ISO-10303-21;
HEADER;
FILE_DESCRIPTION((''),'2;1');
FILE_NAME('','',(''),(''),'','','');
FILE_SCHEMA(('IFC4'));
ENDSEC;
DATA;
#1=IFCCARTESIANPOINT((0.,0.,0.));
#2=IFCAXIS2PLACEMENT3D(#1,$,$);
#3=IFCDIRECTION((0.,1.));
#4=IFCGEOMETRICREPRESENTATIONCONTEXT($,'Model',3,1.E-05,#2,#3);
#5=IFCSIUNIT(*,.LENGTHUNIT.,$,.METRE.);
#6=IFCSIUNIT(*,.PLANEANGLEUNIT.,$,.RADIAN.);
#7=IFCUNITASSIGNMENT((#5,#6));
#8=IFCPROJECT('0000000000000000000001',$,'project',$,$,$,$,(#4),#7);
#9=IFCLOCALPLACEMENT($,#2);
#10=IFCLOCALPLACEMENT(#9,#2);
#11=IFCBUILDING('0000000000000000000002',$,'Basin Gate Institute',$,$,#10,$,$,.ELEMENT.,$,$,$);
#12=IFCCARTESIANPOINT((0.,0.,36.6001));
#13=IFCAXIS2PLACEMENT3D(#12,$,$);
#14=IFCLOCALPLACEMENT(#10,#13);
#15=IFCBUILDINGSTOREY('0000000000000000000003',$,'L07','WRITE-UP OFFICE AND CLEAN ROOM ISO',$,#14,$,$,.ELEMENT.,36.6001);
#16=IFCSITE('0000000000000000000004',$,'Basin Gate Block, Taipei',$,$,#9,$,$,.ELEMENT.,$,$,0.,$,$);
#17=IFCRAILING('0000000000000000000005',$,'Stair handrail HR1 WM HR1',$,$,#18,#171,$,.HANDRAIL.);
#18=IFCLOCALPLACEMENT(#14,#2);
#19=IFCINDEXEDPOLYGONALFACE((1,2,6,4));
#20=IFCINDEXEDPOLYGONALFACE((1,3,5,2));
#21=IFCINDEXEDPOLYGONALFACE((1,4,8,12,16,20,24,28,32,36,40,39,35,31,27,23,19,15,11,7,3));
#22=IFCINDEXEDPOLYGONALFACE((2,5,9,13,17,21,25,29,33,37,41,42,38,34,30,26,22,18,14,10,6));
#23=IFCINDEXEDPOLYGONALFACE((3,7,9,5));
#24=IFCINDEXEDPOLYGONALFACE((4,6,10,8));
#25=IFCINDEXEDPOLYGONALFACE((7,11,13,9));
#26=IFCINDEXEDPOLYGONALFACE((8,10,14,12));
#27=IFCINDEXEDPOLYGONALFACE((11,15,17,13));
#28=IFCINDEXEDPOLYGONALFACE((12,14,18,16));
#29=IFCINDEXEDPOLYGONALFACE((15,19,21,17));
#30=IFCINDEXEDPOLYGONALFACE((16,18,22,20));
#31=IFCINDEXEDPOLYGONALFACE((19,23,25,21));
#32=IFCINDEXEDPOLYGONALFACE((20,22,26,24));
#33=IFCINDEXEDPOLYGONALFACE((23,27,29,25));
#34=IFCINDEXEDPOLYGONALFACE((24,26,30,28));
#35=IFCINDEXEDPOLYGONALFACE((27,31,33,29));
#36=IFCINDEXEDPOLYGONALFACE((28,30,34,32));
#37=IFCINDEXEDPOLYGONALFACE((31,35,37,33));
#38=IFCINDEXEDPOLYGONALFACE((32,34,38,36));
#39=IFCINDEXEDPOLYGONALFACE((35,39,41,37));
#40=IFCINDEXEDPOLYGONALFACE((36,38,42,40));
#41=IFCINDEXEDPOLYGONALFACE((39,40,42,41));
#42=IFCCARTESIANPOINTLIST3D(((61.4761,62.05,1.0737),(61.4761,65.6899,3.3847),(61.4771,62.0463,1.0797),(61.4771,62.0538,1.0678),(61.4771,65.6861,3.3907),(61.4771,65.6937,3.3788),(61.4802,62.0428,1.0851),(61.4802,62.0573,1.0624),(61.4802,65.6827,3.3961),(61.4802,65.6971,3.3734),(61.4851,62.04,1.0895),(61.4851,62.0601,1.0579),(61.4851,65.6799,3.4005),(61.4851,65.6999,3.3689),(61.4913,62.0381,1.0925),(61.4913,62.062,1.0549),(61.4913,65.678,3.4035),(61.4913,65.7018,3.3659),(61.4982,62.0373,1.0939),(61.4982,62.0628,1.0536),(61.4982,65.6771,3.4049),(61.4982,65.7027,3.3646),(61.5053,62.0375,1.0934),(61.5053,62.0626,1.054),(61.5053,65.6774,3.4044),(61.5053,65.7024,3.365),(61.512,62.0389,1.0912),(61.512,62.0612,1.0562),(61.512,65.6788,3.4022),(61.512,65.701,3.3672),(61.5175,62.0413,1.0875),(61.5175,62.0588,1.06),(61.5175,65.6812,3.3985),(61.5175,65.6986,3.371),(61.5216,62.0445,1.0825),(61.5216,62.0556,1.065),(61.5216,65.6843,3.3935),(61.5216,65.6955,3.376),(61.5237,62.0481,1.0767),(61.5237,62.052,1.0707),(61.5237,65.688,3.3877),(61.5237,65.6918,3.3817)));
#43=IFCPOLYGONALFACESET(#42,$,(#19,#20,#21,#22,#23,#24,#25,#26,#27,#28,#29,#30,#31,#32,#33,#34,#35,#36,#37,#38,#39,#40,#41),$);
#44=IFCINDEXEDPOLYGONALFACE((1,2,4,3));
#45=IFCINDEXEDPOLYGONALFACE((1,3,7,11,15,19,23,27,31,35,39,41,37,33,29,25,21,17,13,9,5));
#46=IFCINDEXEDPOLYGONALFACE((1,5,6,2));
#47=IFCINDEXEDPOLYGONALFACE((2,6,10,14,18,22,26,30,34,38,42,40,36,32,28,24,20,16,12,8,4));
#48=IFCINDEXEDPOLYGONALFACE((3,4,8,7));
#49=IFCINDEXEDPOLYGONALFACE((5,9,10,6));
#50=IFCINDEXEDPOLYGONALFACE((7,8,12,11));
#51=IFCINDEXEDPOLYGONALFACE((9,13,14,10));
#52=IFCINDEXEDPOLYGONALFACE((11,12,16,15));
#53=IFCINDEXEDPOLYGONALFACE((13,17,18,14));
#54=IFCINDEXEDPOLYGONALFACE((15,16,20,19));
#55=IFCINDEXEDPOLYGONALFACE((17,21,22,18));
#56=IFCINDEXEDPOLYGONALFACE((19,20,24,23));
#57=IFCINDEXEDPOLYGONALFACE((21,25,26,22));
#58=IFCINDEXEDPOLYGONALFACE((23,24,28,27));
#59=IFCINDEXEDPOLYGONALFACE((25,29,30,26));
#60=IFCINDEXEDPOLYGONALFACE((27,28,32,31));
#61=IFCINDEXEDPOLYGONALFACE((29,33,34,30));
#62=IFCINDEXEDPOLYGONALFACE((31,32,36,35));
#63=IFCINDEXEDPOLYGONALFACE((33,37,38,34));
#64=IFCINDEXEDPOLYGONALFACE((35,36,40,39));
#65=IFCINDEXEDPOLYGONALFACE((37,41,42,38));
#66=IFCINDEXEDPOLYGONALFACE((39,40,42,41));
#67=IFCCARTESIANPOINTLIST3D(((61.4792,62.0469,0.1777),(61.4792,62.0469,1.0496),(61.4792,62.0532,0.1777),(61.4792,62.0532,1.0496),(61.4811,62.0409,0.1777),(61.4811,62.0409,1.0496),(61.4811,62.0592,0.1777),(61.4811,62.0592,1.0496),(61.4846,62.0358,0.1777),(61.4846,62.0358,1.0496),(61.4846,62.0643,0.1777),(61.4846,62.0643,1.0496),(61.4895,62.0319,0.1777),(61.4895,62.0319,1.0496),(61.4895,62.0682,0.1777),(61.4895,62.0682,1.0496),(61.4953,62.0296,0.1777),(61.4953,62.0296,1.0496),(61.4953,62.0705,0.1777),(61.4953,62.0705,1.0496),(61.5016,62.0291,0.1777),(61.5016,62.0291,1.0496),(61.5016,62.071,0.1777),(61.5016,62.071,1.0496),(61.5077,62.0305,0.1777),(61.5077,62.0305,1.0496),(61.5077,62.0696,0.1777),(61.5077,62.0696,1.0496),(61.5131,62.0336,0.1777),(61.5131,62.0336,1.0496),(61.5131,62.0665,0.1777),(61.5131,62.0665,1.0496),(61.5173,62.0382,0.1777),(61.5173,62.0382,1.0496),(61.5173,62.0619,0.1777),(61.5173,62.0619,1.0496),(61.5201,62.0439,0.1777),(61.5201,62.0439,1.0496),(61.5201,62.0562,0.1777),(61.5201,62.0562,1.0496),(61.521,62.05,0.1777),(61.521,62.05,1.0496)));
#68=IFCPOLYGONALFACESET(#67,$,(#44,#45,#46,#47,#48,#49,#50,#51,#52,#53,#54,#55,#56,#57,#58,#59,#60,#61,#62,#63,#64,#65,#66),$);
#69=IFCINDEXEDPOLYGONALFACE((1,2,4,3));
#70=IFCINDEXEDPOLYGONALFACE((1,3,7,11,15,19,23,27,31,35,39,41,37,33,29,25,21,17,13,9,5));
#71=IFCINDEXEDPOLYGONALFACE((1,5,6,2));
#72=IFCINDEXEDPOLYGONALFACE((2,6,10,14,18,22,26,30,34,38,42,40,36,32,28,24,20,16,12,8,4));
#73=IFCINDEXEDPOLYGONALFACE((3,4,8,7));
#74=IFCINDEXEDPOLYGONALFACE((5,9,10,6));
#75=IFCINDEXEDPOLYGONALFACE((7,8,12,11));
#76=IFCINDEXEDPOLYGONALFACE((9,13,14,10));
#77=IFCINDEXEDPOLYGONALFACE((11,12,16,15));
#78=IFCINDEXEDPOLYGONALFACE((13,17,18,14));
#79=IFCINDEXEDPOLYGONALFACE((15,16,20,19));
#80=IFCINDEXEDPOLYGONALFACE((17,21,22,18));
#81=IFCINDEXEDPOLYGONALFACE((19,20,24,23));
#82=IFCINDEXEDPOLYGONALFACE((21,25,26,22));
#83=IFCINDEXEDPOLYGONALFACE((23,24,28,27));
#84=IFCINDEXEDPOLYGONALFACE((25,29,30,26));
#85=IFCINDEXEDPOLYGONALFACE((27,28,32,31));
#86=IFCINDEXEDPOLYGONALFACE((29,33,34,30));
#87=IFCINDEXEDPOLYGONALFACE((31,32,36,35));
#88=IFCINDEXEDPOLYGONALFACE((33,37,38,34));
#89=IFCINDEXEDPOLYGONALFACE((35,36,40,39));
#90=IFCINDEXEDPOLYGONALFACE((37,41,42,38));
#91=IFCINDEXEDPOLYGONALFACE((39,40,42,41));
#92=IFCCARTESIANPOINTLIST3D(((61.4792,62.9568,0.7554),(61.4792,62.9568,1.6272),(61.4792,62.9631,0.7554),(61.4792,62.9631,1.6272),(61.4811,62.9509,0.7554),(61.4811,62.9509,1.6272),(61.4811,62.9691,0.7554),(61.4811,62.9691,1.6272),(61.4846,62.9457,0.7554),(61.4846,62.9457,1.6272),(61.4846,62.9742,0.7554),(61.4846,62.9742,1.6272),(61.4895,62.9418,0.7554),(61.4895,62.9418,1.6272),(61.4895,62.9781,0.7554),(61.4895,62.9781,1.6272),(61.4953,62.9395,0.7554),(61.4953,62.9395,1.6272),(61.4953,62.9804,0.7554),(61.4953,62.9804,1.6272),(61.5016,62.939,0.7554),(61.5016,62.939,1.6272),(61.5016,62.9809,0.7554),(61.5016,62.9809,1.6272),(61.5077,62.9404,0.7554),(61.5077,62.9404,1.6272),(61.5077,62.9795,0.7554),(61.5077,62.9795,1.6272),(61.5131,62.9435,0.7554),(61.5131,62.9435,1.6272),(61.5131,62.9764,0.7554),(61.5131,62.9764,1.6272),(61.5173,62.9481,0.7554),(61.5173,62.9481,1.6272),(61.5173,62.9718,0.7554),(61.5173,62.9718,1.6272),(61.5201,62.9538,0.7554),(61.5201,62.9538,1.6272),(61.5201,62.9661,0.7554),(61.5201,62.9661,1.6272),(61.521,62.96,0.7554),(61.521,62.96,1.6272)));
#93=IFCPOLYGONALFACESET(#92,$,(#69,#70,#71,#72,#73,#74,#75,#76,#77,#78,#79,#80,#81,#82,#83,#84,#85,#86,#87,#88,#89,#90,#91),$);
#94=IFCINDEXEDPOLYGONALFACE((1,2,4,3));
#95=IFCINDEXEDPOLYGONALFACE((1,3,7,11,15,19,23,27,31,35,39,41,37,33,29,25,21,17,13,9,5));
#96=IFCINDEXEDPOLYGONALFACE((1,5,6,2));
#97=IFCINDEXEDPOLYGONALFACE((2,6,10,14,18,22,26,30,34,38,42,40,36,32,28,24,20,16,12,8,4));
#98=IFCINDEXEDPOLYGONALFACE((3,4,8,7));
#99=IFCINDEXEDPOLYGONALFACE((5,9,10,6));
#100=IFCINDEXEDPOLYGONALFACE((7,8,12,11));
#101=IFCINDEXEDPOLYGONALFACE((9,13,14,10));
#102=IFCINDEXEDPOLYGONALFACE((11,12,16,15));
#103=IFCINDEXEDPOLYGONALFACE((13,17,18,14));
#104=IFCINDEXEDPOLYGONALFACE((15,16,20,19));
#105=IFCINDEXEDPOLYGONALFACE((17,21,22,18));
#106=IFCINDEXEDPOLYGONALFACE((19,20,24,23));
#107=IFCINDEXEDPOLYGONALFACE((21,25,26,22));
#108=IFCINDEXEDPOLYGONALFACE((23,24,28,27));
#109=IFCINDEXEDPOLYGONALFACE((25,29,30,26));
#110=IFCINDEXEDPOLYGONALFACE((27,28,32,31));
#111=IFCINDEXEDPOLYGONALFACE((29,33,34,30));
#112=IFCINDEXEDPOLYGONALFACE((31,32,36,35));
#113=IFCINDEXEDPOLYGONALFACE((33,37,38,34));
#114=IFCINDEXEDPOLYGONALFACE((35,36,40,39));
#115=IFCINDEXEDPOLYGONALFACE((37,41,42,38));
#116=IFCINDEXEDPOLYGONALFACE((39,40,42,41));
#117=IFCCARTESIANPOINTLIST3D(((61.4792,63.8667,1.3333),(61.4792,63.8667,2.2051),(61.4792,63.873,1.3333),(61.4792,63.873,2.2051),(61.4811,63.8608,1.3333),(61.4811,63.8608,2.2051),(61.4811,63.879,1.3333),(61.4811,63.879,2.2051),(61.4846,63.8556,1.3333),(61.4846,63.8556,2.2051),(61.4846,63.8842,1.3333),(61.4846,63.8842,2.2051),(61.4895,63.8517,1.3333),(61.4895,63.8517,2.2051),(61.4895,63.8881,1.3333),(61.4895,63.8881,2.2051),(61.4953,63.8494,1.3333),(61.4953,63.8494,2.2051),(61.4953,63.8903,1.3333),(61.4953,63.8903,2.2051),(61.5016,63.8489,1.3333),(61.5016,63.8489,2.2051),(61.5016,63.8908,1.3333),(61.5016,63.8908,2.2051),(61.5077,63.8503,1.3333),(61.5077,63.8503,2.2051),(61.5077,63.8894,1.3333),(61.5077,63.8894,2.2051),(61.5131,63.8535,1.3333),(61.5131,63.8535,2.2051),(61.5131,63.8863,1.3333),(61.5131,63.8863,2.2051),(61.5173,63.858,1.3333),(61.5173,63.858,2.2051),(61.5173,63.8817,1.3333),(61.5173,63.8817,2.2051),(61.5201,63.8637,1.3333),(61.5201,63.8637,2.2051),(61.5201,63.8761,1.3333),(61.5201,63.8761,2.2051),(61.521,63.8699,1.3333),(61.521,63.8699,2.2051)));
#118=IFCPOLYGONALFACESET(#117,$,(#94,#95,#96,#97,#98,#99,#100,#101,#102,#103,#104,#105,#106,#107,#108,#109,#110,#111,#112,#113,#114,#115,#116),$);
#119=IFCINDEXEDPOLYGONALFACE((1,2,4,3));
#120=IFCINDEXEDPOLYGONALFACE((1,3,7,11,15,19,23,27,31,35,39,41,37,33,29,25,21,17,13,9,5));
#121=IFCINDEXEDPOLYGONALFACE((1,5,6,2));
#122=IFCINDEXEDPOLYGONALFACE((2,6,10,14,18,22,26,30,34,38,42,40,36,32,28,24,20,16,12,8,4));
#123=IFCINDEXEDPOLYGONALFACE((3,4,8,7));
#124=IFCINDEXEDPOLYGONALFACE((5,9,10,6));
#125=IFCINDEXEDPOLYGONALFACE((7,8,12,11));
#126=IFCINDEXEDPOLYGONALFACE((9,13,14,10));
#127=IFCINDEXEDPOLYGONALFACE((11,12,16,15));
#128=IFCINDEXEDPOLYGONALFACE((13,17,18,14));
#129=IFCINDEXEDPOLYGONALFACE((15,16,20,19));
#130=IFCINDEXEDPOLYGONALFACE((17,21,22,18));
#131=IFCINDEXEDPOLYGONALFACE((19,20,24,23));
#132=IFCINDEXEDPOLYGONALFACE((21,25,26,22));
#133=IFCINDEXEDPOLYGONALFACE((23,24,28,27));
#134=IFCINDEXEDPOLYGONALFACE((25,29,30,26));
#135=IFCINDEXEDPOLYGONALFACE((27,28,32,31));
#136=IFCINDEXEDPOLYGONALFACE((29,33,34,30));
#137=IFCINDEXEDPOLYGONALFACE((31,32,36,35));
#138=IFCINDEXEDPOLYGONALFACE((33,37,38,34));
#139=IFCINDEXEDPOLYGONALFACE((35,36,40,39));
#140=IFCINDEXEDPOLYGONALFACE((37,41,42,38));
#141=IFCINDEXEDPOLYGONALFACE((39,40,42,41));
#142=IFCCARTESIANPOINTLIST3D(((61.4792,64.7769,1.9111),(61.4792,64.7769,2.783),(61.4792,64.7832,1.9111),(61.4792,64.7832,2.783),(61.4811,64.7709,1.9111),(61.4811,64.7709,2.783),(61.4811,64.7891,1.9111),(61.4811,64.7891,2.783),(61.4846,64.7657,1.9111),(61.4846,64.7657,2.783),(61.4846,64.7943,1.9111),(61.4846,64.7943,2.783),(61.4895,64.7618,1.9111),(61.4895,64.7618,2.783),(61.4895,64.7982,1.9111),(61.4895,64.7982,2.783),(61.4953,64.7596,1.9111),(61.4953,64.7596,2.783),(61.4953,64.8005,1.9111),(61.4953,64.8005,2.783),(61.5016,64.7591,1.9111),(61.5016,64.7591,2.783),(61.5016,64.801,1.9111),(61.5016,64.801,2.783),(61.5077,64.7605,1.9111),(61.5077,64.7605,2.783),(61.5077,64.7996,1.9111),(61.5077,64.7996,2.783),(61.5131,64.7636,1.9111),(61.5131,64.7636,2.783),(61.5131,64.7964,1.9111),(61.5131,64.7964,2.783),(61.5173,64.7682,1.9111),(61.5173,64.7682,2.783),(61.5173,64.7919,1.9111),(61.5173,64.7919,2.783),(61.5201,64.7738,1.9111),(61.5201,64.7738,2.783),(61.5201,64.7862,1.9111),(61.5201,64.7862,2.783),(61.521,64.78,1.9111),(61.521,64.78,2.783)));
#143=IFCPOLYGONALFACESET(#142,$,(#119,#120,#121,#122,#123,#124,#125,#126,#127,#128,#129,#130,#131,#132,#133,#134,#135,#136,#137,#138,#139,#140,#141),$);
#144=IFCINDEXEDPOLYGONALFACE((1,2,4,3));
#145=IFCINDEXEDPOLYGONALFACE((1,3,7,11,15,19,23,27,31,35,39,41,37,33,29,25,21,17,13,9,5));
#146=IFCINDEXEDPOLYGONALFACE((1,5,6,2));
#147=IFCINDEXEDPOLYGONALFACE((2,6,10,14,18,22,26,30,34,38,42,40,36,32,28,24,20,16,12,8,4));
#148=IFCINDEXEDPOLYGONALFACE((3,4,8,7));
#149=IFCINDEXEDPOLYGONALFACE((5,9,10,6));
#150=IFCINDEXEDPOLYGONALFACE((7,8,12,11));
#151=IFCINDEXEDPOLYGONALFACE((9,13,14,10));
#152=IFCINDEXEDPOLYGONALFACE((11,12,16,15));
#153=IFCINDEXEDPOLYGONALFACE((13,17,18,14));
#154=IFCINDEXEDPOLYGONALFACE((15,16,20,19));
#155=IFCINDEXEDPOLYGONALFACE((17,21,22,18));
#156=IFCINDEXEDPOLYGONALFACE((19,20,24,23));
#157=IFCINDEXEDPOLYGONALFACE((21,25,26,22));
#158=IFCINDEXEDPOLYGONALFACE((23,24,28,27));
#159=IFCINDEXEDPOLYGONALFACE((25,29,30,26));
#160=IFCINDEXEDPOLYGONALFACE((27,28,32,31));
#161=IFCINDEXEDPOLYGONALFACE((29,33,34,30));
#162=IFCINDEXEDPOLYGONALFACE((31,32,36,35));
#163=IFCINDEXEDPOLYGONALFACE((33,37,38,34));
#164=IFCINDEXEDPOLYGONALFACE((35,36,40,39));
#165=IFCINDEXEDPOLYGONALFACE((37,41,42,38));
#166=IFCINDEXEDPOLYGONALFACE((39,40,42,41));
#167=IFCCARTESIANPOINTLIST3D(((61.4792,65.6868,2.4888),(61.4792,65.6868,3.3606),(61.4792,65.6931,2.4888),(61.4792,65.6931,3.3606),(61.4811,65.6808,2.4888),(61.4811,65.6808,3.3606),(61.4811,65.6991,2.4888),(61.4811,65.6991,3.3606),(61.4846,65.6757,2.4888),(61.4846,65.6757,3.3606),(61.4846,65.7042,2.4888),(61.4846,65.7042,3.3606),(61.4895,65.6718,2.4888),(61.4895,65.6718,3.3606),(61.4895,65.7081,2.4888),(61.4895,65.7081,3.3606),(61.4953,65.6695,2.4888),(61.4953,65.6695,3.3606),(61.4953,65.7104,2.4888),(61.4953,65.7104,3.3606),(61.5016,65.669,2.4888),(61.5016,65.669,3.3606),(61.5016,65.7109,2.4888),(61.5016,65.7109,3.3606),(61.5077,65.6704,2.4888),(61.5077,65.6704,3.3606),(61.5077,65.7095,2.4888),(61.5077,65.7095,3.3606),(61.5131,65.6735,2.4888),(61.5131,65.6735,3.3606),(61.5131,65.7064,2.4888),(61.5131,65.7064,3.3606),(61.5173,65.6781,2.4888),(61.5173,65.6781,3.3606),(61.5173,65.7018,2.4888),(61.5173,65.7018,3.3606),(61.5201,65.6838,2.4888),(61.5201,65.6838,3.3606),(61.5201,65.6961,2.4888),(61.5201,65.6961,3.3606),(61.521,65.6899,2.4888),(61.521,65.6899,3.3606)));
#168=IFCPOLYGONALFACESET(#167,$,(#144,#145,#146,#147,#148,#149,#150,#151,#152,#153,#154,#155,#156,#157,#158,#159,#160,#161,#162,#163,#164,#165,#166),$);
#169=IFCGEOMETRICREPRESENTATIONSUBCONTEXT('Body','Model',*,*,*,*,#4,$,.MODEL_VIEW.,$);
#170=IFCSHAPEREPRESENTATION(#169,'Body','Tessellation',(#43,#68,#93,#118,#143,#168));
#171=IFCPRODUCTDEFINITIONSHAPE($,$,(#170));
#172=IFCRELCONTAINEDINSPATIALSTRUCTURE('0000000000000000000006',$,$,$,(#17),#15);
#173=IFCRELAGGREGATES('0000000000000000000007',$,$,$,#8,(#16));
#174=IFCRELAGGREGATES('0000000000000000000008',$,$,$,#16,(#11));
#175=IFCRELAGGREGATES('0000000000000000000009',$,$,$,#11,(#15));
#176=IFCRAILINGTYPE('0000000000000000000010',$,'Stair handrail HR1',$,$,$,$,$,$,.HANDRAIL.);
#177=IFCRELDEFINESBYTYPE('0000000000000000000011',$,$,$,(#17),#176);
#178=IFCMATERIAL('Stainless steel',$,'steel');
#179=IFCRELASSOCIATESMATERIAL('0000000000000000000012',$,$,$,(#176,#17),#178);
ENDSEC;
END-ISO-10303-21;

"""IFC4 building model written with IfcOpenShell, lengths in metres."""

from ifc_helpers import new_model, si_unit, direction, frame, origin, origin_2d, place, context, subcontext, project, spatial, circle, extrude, material, type_object, element, save


model = new_model("IFC4")

# Units and contexts
model_context = context("Model", 3, precision=1e-05, world=origin(), true_north=direction((0.0, 1.0)))
body_context = subcontext(model_context, "Body", "Model", "MODEL_VIEW")
ifc_project = project(units=[si_unit("LENGTHUNIT", "METRE"), si_unit("PLANEANGLEUNIT", "RADIAN")], contexts=[model_context])

# Site, building, storey
site_placement = place(None, origin())
site = spatial("IfcSite", under=ifc_project, at=site_placement, Name="Basin Gate Block, Taipei", CompositionType="ELEMENT", RefElevation=0.0)
building_placement = place(site_placement, origin())
building = spatial("IfcBuilding", under=site, at=building_placement, Name="Basin Gate Institute", CompositionType="ELEMENT")
storey_placement = place(building_placement, frame((0.0, 0.0, 36.6001)))
storey = spatial("IfcBuildingStorey", under=building, at=storey_placement, Name="L07", Description="WRITE-UP OFFICE AND CLEAN ROOM ISO", CompositionType="ELEMENT", Elevation=36.6001)

# Railing
ifc_material_1 = material(Name="Stainless steel", Category="steel")
railing_type_1 = type_object("IfcRailingType", Name="Stair handrail HR1", PredefinedType="HANDRAIL", material=ifc_material_1)
for number, where, name in (
    (1, (61.5, 62.05, 0.1777), "Stair handrail HR1 WM HR1"),
):
    element("IfcRailing", number, at=place(storey_placement, frame(where)), inside=storey, type_object=railing_type_1, material=ifc_material_1, Name=name, PredefinedType="HANDRAIL", context=body_context, shape_type="SweptSolid", body=[
        extrude(circle(Radius=0.0239, at=origin_2d()), frame((0.0, 0.0, 0.896), z_axis=(0.0, 0.844214, 0.536007), x_axis=(-1.0, 0.0, 0.0)), (0.0, 0.0, 1.0), 4.3115),
        extrude(circle(Radius=0.021, at=origin_2d()), origin(), (0.0, 0.0, 1.0), 0.8718),
        extrude(circle(Radius=0.021, at=origin_2d()), frame((0.0, 0.9099, 0.5776)), (0.0, 0.0, 1.0), 0.8718),
        extrude(circle(Radius=0.021, at=origin_2d()), frame((0.0, 1.8198, 1.1555)), (0.0, 0.0, 1.0), 0.8718),
        extrude(circle(Radius=0.021, at=origin_2d()), frame((0.0, 2.73, 1.7334)), (0.0, 0.0, 1.0), 0.8718),
        extrude(circle(Radius=0.021, at=origin_2d()), frame((0.0, 3.6399, 2.311)), (0.0, 0.0, 1.0), 0.8718),
    ])

save(model, "model.ifc")
